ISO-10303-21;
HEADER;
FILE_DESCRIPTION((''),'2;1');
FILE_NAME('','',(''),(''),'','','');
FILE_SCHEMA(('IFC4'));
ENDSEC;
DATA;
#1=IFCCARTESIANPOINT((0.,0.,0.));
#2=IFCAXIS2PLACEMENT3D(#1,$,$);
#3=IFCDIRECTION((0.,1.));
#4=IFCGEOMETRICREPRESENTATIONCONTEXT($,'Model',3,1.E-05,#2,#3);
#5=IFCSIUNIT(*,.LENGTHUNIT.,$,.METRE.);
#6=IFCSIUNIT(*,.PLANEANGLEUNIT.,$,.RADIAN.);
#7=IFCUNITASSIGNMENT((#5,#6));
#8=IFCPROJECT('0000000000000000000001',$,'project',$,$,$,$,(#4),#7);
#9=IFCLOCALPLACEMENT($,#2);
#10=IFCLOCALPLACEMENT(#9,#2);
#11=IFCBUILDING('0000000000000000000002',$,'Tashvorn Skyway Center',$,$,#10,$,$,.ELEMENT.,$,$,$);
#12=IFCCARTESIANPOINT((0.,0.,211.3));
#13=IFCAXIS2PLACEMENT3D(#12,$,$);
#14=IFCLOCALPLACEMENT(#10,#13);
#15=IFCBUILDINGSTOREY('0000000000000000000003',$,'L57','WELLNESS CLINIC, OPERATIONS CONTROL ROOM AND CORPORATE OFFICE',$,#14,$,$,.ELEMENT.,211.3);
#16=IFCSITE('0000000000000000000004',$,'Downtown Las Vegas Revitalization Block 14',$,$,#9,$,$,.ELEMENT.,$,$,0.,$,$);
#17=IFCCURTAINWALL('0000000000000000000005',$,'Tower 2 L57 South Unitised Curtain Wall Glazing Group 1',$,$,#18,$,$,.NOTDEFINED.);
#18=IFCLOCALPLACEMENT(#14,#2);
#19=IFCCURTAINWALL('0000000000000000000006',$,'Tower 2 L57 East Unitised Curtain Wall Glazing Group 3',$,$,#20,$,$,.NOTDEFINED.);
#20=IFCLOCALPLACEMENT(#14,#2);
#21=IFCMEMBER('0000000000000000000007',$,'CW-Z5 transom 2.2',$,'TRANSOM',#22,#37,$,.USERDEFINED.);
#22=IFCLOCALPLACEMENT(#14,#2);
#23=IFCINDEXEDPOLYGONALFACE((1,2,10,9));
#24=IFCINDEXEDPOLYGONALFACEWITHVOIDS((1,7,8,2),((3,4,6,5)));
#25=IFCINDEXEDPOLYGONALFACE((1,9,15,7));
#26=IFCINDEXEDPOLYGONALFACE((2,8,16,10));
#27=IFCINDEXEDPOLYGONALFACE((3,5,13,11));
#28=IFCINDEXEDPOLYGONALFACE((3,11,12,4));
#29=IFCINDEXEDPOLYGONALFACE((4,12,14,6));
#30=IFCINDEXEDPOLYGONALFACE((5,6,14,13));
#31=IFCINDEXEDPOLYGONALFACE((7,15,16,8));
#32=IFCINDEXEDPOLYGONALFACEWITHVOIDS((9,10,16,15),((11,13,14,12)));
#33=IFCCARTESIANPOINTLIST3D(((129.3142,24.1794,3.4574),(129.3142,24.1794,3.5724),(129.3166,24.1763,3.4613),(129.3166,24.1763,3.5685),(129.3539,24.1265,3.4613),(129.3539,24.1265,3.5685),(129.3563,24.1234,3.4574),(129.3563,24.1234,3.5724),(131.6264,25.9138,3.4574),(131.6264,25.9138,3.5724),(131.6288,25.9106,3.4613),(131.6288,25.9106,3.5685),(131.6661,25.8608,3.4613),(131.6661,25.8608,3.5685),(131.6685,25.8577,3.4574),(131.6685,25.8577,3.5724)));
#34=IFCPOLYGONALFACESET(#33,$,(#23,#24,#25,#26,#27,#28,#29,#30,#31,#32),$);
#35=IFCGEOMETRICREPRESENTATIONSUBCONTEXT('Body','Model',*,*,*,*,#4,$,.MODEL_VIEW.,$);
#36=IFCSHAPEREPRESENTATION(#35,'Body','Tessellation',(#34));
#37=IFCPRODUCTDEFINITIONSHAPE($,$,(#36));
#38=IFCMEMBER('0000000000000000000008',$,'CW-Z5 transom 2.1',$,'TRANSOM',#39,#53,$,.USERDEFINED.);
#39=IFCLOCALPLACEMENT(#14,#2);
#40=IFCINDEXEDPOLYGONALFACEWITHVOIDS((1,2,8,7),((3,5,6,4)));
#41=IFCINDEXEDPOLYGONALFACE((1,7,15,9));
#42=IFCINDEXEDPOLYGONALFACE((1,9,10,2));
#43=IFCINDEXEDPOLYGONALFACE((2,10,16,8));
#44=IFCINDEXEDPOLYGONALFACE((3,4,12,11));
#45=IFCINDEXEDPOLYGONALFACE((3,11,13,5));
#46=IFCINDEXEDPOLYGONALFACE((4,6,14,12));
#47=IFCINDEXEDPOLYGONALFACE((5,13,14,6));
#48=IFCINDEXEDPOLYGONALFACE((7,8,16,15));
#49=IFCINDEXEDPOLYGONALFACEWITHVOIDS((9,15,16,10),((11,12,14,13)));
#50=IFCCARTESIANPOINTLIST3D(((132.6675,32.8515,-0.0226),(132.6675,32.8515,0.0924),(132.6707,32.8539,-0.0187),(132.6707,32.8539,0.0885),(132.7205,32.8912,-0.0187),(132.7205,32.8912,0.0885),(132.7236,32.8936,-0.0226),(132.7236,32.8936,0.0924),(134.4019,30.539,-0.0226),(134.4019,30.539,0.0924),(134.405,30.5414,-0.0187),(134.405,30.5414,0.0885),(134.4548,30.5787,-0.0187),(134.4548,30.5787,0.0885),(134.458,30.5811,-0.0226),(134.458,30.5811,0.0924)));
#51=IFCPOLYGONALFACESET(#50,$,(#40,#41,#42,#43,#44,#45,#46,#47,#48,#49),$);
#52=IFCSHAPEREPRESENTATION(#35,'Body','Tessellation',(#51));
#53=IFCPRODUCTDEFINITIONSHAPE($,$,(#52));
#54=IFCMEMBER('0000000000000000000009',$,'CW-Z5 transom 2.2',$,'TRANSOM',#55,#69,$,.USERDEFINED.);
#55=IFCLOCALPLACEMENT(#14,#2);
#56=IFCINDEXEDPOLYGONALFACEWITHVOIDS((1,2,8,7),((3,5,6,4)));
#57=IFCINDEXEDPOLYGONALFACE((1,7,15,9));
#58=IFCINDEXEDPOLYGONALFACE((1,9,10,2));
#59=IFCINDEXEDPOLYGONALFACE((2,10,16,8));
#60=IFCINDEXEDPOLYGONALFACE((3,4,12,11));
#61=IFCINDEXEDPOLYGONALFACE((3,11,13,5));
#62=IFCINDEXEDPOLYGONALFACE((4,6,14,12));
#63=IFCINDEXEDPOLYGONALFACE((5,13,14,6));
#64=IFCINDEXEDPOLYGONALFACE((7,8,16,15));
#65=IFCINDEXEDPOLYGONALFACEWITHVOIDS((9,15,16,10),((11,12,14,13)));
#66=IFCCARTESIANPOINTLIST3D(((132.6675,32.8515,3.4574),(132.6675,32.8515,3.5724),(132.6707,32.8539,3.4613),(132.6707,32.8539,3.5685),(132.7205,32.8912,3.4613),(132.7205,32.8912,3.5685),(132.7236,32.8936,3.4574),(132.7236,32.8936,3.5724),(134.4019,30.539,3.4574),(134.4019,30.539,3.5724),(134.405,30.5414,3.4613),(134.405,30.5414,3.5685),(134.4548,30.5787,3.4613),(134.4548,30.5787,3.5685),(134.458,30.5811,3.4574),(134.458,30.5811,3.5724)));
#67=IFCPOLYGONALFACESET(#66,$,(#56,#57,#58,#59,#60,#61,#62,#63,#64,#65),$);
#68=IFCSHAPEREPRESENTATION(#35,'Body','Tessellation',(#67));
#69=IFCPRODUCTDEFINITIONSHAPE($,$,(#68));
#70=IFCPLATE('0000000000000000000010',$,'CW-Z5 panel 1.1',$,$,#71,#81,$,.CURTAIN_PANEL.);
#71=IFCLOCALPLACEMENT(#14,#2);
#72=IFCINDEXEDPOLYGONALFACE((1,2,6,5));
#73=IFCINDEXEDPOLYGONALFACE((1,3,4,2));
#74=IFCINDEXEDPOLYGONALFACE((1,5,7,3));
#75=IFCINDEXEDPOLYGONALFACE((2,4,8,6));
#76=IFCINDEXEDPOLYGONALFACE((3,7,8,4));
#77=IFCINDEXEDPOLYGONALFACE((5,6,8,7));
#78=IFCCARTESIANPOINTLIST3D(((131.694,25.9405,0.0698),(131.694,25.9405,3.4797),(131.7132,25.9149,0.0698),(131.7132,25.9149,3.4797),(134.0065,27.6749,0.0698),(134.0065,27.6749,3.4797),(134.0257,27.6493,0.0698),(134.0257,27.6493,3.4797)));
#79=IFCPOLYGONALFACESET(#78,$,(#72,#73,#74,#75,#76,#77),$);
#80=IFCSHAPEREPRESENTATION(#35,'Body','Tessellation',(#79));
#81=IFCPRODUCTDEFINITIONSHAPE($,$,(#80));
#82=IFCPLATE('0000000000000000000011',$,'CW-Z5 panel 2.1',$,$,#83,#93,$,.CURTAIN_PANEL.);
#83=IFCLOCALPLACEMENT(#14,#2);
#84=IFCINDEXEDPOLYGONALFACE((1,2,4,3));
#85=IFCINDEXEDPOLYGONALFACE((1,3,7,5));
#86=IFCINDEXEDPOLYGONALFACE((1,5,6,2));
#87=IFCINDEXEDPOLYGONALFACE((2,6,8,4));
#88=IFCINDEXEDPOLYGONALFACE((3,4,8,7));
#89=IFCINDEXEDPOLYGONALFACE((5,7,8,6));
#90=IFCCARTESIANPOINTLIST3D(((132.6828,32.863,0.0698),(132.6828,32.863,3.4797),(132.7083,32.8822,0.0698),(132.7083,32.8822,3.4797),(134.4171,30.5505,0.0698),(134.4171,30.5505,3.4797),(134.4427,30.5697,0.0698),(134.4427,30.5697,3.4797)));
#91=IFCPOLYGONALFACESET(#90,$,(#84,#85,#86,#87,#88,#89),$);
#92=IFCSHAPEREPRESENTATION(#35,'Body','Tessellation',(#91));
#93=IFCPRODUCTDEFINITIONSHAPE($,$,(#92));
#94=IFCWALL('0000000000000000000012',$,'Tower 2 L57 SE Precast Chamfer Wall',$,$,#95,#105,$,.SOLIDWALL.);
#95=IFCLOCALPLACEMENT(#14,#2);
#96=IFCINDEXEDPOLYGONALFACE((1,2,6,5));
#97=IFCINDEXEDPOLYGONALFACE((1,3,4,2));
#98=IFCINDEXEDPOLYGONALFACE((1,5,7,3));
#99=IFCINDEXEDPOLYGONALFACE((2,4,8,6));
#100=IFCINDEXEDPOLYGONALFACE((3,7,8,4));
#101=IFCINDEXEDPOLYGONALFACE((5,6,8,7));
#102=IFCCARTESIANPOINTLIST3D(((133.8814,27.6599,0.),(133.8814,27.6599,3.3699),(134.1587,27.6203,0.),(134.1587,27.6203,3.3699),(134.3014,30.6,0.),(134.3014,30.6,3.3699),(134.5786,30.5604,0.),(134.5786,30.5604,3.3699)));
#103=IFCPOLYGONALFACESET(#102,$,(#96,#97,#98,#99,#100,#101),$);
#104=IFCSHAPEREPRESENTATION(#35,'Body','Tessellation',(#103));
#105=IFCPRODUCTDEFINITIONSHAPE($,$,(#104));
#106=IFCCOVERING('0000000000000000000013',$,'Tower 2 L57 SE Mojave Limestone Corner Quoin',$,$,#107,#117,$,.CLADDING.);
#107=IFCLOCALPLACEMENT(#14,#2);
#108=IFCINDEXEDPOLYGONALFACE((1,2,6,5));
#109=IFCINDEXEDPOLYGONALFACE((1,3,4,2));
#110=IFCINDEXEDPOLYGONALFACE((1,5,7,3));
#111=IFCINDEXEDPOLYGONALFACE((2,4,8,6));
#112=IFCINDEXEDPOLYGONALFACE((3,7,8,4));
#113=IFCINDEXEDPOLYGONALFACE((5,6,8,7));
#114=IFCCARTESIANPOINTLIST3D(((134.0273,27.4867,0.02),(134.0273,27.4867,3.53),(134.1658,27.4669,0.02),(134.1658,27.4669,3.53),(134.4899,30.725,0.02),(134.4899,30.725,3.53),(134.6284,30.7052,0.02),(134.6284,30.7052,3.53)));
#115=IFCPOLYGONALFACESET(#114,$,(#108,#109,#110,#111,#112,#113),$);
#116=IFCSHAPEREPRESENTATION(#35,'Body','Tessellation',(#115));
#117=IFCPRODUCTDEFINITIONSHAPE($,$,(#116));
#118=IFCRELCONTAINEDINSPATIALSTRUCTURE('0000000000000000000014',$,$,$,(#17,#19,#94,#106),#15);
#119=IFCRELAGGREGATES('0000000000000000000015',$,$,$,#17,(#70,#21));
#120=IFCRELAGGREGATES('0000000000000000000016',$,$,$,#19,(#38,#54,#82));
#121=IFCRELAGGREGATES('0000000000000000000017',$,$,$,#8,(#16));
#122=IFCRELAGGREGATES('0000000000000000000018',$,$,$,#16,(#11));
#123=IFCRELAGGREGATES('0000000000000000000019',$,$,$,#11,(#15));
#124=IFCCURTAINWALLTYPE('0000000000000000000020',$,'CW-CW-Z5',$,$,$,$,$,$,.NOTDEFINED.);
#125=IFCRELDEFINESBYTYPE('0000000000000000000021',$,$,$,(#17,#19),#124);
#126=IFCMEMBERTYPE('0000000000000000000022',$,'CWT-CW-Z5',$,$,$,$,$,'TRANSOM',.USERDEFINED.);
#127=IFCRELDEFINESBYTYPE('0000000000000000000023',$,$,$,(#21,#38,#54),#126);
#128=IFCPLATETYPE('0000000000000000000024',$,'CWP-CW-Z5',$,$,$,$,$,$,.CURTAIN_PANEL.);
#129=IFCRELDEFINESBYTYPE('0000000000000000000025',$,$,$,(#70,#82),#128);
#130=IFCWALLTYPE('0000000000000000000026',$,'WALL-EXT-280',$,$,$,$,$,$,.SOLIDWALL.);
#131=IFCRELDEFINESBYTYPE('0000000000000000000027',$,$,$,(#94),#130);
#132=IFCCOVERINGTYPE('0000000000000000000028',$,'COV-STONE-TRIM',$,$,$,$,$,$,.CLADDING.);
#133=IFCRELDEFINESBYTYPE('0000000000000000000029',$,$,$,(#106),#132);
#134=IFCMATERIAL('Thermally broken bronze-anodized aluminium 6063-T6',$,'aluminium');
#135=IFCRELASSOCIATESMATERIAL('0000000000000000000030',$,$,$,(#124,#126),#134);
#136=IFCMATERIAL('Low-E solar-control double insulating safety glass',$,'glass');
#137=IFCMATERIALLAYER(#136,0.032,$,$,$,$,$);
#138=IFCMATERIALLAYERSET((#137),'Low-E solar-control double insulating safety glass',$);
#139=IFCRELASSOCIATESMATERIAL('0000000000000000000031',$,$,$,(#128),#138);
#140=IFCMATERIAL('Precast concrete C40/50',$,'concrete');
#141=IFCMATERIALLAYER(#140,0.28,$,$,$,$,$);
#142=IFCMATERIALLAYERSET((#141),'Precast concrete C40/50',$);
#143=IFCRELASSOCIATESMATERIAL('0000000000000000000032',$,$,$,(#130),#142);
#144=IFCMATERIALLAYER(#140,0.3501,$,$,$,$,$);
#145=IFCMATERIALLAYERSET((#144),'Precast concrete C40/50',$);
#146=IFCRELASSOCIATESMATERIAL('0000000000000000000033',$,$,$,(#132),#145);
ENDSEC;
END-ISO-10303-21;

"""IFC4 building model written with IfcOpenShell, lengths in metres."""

from ifc_helpers import new_model, si_unit, direction, frame, frame_2d, origin, origin_2d, place, context, subcontext, project, spatial, rectangle, hollow_rectangle, extrude, material, layer, layer_set, material_profile, profile_set, type_object, element, aggregate, save


model = new_model("IFC4")

# Units and contexts
model_context = context("Model", 3, precision=1e-05, world=origin(), true_north=direction((0.0, 1.0)))
body_context = subcontext(model_context, "Body", "Model", "MODEL_VIEW")
ifc_project = project(units=[si_unit("LENGTHUNIT", "METRE"), si_unit("PLANEANGLEUNIT", "RADIAN")], contexts=[model_context])

# Site, building, storey
site_placement = place(None, origin())
site = spatial("IfcSite", under=ifc_project, at=site_placement, Name="Downtown Las Vegas Revitalization Block 14", CompositionType="ELEMENT", RefElevation=0.0)
building_placement = place(site_placement, origin())
building = spatial("IfcBuilding", under=site, at=building_placement, Name="Tashvorn Skyway Center", CompositionType="ELEMENT")
storey_placement = place(building_placement, frame((0.0, 0.0, 211.3)))
storey = spatial("IfcBuildingStorey", under=building, at=storey_placement, Name="L57", Description="WELLNESS CLINIC, OPERATIONS CONTROL ROOM AND CORPORATE OFFICE", CompositionType="ELEMENT", Elevation=211.3)

# Curtain walls
ifc_material_1 = material(Name="Thermally broken bronze-anodized aluminium 6063-T6", Category="aluminium")
curtain_wall_type = type_object("IfcCurtainWallType", Name="CW-CW-Z5", PredefinedType="NOTDEFINED", material=ifc_material_1)
curtain_wall_1_placement = place(storey_placement, origin())
curtain_wall_1 = element("IfcCurtainWall", 1, at=curtain_wall_1_placement, inside=storey, type_object=curtain_wall_type, Name="Tower 2 L57 South Unitised Curtain Wall Glazing Group 1", PredefinedType="NOTDEFINED")
curtain_wall_2_placement = place(storey_placement, origin())
curtain_wall_2 = element("IfcCurtainWall", 2, at=curtain_wall_2_placement, inside=storey, type_object=curtain_wall_type, Name="Tower 2 L57 East Unitised Curtain Wall Glazing Group 3", PredefinedType="NOTDEFINED")

# Members
ifc_material_profile_1 = material_profile(ifc_material_1, hollow_rectangle(XDim=0.0701, YDim=0.115, WallThickness=0.0039, at=origin_2d()), Name="ALU-TRAN-70x115")
ifc_profile_set_1 = profile_set([ifc_material_profile_1], Name="Thermally broken bronze-anodized aluminium 6063-T6")
member_type_1 = type_object("IfcMemberType", Name="CWT-CW-Z5", ElementType="TRANSOM", PredefinedType="USERDEFINED", material=ifc_profile_set_1)
member_1_placement = place(storey_placement, frame((131.6475, 25.8857, 3.5149), z_axis=(-0.79997, -0.600041, 0.0), x_axis=(0.600041, -0.79997, 0.0)))
member_1 = element("IfcMember", 3, at=member_1_placement, type_object=member_type_1, Name="CW-Z5 transom 2.2", ObjectType="TRANSOM", PredefinedType="USERDEFINED", context=body_context, shape_type="SweptSolid", body=[
    extrude(hollow_rectangle(XDim=0.0701, YDim=0.115, WallThickness=0.0039, at=origin_2d()), origin(), (0.0, 0.0, 1.0), 2.8904),
])
member_2_placement = place(storey_placement, frame((132.6956, 32.8726, 0.0349), z_axis=(0.6, -0.8, 0.0), x_axis=(0.8, 0.6, 0.0)))
member_2 = element("IfcMember", 4, at=member_2_placement, type_object=member_type_1, Name="CW-Z5 transom 2.1", ObjectType="TRANSOM", PredefinedType="USERDEFINED", context=body_context, shape_type="SweptSolid", body=[
    extrude(hollow_rectangle(XDim=0.0701, YDim=0.115, WallThickness=0.0039, at=origin_2d()), origin(), (0.0, 0.0, 1.0), 2.8906),
])
member_3_placement = place(storey_placement, frame((132.6956, 32.8726, 3.5149), z_axis=(0.6, -0.8, 0.0), x_axis=(0.8, 0.6, 0.0)))
member_3 = element("IfcMember", 5, at=member_3_placement, type_object=member_type_1, Name="CW-Z5 transom 2.2", ObjectType="TRANSOM", PredefinedType="USERDEFINED", context=body_context, shape_type="SweptSolid", body=[
    extrude(hollow_rectangle(XDim=0.0701, YDim=0.115, WallThickness=0.0039, at=origin_2d()), origin(), (0.0, 0.0, 1.0), 2.8906),
])

# Plates
ifc_material_2 = material(Name="Low-E solar-control double insulating safety glass", Category="glass")
ifc_layer_1 = layer(ifc_material_2, 0.032)
ifc_layer_set_1 = layer_set([ifc_layer_1], Name="Low-E solar-control double insulating safety glass")
plate_type = type_object("IfcPlateType", Name="CWP-CW-Z5", PredefinedType="CURTAIN_PANEL", material=ifc_layer_set_1)
plate_1_placement = place(storey_placement, frame((132.8599, 26.7949, 0.0698), z_axis=(0.0, 0.0, 1.0), x_axis=(-0.799998, -0.600003, 0.0)))
plate_1 = element("IfcPlate", 6, at=plate_1_placement, type_object=plate_type, Name="CW-Z5 panel 1.1", PredefinedType="CURTAIN_PANEL", context=body_context, shape_type="SweptSolid", body=[
    extrude(rectangle(XDim=2.8906, YDim=0.032, at=origin_2d()), origin(), (0.0, 0.0, 1.0), 3.4099),
])
aggregate(curtain_wall_1, [plate_1, member_1])
plate_2_placement = place(storey_placement, frame((133.5627, 31.7163, 0.0698), z_axis=(0.0, 0.0, 1.0), x_axis=(0.600003, -0.799998, 0.0)))
plate_2 = element("IfcPlate", 7, at=plate_2_placement, type_object=plate_type, Name="CW-Z5 panel 2.1", PredefinedType="CURTAIN_PANEL", context=body_context, shape_type="SweptSolid", body=[
    extrude(rectangle(XDim=2.8906, YDim=0.032, at=origin_2d()), origin(), (0.0, 0.0, 1.0), 3.4099),
])
aggregate(curtain_wall_2, [member_2, member_3, plate_2])

# Wall
ifc_material_3 = material(Name="Precast concrete C40/50", Category="concrete")
ifc_layer_2 = layer(ifc_material_3, 0.28)
ifc_layer_set_2 = layer_set([ifc_layer_2], Name="Precast concrete C40/50")
wall_type = type_object("IfcWallType", Name="WALL-EXT-280", PredefinedType="SOLIDWALL", material=ifc_layer_set_2)
wall_placement = place(storey_placement, frame((134.4399, 30.5801, 0.0), z_axis=(0.0, 0.0, 1.0), x_axis=(-0.141387, -0.989954, 0.0)))
element("IfcWall", 8, at=wall_placement, inside=storey, type_object=wall_type, Name="Tower 2 L57 SE Precast Chamfer Wall", PredefinedType="SOLIDWALL", context=body_context, shape_type="SweptSolid", body=[
    extrude(rectangle(XDim=2.97, YDim=0.28, at=frame_2d((1.4849, 0.0))), origin(), (0.0, 0.0, 1.0), 3.3699),
])

# Covering
ifc_layer_3 = layer(ifc_material_3, 0.3501)
ifc_layer_set_3 = layer_set([ifc_layer_3], Name="Precast concrete C40/50")
covering_type = type_object("IfcCoveringType", Name="COV-STONE-TRIM", PredefinedType="CLADDING", material=ifc_layer_set_3)
covering_placement = place(storey_placement, frame((134.3279, 29.0959, 0.02), z_axis=(0.0, 0.0, 1.0), x_axis=(0.141421, 0.989949, 0.0)))
element("IfcCovering", 9, at=covering_placement, inside=storey, type_object=covering_type, Name="Tower 2 L57 SE Mojave Limestone Corner Quoin", PredefinedType="CLADDING", context=body_context, shape_type="SweptSolid", body=[
    extrude(rectangle(XDim=3.2712, YDim=0.1399, at=origin_2d()), origin(), (0.0, 0.0, 1.0), 3.51),
])

save(model, "model.ifc")
